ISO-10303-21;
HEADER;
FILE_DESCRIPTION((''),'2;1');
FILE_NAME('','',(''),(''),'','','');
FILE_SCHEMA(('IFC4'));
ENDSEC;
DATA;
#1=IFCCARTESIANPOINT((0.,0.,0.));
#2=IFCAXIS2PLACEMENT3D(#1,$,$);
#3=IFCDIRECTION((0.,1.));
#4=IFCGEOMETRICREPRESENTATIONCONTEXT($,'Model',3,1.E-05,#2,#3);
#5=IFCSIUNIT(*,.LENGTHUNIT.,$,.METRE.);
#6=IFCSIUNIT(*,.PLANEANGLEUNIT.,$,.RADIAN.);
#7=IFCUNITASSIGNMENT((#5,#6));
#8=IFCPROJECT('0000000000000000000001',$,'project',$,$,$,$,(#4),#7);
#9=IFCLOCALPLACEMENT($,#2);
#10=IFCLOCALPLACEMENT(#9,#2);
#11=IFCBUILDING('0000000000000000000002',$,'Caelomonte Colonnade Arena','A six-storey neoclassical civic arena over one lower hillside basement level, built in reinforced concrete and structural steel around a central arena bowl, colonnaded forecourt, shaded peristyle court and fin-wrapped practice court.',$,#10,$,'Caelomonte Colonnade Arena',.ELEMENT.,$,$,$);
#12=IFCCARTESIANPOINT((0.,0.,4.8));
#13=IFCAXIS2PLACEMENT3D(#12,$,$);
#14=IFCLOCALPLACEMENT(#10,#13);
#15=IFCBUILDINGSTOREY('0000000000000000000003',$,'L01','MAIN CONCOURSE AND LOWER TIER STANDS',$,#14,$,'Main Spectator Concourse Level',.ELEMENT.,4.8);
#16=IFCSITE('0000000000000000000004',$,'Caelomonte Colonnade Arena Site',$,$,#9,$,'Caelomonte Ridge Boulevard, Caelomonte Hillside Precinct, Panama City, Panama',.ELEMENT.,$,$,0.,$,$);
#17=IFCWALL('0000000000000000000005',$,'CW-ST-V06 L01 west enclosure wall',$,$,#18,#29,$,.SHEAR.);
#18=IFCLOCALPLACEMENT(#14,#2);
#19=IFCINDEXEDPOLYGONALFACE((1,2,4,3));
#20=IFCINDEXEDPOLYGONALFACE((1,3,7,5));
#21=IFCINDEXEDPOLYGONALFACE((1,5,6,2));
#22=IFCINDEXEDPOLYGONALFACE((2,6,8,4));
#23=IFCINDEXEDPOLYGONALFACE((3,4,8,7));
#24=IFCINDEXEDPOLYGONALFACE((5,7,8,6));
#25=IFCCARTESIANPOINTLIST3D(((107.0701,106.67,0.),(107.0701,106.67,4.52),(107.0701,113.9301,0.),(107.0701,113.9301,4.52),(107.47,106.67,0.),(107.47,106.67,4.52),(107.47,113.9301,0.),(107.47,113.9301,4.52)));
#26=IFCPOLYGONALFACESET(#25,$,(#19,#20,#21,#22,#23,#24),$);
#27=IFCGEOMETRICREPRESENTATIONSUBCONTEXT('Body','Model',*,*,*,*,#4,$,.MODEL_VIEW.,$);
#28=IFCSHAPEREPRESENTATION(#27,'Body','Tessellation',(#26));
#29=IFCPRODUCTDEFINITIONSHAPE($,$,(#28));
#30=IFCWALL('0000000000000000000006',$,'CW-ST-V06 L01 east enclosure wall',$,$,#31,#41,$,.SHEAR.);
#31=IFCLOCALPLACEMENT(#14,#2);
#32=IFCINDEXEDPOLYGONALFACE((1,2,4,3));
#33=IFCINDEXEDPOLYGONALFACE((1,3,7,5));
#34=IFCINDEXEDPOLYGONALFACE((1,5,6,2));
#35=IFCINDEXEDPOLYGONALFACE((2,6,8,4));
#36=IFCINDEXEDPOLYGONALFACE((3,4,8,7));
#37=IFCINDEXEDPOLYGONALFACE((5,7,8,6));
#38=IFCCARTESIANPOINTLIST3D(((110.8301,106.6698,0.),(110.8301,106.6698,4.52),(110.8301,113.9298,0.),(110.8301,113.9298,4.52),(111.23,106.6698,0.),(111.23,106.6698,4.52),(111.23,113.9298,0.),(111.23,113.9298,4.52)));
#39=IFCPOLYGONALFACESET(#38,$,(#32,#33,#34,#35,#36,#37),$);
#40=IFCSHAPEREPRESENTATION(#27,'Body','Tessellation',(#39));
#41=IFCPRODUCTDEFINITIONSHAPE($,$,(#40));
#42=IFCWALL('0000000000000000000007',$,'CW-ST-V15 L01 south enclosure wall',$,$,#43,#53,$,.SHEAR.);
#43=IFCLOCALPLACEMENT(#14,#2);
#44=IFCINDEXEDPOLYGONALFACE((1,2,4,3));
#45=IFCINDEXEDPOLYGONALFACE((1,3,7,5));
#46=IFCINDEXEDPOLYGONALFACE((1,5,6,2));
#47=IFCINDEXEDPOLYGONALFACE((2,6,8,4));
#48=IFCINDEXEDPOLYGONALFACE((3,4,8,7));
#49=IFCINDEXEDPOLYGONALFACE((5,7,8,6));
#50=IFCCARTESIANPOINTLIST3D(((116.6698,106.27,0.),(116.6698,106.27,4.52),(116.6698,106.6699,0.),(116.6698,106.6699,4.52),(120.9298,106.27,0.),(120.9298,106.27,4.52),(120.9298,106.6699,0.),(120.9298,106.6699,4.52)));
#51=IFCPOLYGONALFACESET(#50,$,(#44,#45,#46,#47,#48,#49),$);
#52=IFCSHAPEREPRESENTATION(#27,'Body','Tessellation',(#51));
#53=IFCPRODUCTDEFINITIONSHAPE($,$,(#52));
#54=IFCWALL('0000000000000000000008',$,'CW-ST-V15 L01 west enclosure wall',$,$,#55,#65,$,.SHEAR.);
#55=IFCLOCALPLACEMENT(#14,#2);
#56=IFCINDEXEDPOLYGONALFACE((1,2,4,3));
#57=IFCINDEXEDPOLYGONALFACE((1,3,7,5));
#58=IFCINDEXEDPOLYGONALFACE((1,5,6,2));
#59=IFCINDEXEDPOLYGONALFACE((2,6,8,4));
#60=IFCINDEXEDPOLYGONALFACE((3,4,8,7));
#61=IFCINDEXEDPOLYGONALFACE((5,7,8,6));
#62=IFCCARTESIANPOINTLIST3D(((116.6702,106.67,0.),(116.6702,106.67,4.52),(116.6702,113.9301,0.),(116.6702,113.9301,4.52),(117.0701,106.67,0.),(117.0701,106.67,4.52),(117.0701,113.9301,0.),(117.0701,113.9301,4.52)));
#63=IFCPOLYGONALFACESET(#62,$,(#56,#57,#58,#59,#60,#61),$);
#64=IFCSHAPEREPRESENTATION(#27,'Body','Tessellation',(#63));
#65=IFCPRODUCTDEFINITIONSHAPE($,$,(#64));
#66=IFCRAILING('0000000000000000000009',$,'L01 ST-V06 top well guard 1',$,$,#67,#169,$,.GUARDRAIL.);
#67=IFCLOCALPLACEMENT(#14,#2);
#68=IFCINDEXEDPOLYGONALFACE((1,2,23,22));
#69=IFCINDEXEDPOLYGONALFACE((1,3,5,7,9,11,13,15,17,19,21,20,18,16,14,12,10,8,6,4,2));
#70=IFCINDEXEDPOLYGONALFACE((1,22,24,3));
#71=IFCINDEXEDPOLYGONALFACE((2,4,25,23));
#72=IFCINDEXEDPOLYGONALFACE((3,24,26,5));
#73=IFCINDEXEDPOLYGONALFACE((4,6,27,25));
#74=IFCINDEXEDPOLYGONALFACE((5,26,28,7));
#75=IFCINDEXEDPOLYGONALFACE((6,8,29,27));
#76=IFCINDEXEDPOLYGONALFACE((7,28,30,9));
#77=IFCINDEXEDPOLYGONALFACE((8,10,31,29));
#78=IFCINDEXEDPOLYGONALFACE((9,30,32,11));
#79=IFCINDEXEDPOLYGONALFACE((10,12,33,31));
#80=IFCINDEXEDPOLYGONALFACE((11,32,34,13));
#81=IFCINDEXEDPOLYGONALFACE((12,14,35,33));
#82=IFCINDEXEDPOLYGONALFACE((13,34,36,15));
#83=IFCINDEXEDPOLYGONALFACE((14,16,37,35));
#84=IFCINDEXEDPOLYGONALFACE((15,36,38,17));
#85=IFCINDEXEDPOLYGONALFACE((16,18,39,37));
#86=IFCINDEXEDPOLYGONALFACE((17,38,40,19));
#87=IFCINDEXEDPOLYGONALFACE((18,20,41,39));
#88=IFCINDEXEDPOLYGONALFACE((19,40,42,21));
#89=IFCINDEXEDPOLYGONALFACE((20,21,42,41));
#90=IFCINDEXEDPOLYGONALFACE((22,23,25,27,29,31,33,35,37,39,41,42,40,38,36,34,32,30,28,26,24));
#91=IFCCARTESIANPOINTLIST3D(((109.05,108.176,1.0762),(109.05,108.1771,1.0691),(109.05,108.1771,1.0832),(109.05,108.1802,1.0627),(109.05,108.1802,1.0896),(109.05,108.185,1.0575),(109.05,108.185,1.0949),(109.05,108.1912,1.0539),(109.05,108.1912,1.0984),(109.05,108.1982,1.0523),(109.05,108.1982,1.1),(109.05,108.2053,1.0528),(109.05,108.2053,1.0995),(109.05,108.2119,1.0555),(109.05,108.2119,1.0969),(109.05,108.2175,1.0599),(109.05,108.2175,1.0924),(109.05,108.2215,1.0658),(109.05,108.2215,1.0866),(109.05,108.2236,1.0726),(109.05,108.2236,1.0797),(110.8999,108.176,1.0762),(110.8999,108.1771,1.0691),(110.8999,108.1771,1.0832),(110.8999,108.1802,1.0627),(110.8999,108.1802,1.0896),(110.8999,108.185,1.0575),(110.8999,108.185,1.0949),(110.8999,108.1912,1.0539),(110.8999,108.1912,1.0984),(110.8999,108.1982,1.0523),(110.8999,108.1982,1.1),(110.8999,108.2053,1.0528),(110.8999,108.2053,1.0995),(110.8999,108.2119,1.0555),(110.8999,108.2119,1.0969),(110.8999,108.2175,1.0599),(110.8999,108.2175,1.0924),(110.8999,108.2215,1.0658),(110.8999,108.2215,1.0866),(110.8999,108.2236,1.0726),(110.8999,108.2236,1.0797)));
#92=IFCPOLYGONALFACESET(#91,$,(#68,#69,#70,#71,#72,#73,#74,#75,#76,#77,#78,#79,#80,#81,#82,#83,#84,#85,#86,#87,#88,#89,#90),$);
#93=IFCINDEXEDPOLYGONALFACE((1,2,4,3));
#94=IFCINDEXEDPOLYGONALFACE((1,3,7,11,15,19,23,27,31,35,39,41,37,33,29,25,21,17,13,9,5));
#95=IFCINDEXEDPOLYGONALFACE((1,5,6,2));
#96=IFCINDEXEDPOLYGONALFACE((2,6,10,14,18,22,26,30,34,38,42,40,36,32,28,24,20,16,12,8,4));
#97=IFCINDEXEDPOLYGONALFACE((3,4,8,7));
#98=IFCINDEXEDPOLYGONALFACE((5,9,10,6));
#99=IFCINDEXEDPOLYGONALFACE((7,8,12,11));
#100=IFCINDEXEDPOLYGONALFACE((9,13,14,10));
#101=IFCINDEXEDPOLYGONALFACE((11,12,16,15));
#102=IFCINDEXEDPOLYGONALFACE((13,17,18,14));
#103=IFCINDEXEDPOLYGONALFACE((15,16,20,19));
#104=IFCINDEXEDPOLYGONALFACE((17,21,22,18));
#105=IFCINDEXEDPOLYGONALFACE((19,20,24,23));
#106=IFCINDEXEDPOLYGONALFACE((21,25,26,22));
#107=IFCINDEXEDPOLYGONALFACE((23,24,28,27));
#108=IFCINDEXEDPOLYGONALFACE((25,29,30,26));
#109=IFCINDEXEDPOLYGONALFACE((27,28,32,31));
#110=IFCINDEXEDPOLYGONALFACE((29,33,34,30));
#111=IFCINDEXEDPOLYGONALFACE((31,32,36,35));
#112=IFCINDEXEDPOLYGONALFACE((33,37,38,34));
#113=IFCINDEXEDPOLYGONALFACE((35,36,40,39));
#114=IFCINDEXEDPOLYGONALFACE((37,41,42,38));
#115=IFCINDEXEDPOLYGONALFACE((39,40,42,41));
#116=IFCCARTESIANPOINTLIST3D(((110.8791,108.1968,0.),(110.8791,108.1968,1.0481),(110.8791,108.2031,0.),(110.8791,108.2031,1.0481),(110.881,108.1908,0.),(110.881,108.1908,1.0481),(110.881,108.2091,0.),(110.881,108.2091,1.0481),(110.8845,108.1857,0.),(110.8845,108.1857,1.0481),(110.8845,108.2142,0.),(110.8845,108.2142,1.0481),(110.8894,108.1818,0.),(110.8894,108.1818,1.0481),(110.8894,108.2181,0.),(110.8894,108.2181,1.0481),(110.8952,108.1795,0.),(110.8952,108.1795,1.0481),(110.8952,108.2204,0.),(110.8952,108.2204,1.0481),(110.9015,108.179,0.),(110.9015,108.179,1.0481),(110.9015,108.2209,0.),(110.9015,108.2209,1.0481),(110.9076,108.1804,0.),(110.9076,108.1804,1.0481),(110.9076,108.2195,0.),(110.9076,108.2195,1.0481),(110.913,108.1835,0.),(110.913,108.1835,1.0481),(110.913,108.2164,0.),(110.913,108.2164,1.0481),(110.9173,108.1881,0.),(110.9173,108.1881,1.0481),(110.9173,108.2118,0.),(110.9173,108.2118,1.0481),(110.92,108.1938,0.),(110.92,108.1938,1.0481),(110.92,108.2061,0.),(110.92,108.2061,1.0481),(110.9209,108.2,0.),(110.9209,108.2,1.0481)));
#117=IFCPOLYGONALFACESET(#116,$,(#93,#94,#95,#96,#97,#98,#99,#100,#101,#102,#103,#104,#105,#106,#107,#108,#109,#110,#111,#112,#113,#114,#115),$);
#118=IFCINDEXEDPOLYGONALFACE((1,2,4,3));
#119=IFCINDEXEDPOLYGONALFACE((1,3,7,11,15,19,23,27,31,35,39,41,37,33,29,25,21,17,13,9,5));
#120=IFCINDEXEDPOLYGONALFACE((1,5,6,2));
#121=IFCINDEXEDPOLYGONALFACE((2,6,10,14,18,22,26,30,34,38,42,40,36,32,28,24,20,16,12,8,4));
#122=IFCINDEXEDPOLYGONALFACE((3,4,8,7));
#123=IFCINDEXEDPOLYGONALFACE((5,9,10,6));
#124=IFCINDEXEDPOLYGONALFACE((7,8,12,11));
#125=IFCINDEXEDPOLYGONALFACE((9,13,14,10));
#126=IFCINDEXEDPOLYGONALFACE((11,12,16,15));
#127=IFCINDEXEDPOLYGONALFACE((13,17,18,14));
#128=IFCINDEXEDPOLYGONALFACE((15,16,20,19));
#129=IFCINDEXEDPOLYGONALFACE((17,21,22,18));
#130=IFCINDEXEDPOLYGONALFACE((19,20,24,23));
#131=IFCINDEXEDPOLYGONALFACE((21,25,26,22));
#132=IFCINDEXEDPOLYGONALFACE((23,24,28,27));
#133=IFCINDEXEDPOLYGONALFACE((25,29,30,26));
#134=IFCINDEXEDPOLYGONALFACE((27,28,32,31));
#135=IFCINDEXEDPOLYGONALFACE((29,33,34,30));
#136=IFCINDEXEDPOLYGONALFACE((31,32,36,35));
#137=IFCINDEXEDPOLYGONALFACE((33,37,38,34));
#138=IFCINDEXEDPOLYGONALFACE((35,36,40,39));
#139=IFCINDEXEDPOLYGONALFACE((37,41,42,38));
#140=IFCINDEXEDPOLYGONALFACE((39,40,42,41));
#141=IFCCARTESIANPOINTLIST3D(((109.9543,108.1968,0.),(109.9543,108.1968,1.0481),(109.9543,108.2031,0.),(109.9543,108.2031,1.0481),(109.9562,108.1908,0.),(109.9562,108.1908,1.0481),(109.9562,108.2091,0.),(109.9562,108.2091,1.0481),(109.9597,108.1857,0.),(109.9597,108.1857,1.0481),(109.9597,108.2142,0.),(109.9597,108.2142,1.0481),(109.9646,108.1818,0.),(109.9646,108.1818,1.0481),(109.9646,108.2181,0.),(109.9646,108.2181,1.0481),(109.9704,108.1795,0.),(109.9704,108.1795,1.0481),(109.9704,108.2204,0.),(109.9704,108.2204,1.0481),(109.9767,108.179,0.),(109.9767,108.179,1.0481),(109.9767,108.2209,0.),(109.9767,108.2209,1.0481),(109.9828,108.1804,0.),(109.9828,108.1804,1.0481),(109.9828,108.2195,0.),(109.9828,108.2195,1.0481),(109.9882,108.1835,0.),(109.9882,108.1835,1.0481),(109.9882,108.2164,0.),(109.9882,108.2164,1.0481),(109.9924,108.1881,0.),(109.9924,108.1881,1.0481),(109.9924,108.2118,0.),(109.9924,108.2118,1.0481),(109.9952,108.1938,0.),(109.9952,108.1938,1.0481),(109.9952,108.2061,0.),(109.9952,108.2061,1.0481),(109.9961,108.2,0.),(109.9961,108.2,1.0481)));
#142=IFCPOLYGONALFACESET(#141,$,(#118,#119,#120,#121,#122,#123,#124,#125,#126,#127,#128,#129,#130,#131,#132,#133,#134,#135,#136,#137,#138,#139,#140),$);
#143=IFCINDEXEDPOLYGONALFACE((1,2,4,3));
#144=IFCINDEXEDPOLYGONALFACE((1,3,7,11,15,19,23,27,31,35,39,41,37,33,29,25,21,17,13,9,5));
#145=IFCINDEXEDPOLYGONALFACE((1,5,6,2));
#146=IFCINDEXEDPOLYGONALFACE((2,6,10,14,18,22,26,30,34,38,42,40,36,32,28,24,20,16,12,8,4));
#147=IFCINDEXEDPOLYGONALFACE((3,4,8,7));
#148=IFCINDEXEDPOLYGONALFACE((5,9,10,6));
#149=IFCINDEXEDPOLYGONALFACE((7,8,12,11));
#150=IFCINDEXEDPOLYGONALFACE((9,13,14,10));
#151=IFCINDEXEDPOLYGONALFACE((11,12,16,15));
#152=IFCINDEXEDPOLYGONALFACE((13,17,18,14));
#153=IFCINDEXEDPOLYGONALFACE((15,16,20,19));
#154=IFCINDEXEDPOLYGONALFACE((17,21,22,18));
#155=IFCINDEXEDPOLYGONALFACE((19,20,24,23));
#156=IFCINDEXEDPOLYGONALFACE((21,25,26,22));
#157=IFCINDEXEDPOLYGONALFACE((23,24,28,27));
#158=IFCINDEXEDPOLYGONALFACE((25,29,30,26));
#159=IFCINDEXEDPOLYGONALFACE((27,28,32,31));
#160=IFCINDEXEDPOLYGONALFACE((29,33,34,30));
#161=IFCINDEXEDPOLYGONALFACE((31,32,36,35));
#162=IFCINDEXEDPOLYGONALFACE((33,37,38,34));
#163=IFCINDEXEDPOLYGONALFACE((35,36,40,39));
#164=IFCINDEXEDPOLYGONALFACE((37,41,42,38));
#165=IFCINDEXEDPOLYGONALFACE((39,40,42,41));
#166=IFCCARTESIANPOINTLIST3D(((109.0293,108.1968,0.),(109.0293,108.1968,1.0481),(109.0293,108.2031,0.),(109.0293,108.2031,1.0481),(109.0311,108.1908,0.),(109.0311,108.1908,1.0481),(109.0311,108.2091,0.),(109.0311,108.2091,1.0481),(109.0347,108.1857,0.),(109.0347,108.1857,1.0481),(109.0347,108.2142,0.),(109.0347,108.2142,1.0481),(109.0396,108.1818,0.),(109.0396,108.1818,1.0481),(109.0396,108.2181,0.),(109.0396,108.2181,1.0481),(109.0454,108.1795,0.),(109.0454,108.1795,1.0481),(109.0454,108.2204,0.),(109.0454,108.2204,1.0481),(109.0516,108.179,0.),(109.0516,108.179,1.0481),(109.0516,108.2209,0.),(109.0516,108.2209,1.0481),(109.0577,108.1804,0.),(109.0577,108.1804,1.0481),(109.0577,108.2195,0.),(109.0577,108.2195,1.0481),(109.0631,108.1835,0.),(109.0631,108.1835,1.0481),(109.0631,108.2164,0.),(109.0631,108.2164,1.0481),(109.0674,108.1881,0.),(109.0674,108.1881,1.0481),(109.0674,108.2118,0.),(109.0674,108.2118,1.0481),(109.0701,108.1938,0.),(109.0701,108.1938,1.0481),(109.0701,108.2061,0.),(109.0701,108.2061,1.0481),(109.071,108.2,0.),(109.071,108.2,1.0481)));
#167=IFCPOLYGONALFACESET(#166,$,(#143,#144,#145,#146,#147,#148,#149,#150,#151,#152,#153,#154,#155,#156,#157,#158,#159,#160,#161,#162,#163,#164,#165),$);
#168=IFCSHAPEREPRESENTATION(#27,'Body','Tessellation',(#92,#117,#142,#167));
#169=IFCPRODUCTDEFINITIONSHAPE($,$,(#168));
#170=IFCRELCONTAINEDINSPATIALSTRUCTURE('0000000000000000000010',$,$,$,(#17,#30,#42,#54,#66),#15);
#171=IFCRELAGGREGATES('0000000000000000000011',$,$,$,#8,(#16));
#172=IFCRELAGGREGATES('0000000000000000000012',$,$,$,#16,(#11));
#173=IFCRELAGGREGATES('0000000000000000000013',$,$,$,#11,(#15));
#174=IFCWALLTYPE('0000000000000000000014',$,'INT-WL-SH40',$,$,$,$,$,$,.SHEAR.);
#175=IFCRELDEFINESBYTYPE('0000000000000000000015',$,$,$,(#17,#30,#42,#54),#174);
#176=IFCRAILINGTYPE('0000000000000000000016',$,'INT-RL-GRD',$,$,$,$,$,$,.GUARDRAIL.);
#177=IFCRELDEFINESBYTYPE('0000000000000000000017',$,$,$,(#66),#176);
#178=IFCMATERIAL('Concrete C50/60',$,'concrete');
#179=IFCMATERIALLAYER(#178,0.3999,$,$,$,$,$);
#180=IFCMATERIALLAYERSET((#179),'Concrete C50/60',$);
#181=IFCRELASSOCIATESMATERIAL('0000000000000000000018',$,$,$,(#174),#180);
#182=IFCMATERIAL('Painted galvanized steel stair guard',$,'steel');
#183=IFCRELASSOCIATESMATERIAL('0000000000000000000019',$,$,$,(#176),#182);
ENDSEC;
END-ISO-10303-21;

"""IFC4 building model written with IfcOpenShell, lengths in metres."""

from ifc_helpers import new_model, si_unit, direction, frame, frame_2d, origin, origin_2d, place, context, subcontext, project, spatial, rectangle, circle, extrude, material, layer, layer_set, type_object, element, save


model = new_model("IFC4")

# Units and contexts
model_context = context("Model", 3, precision=1e-05, world=origin(), true_north=direction((0.0, 1.0)))
body_context = subcontext(model_context, "Body", "Model", "MODEL_VIEW")
ifc_project = project(units=[si_unit("LENGTHUNIT", "METRE"), si_unit("PLANEANGLEUNIT", "RADIAN")], contexts=[model_context])

# Site, building, storey
site_placement = place(None, origin())
site = spatial("IfcSite", under=ifc_project, at=site_placement, Name="Caelomonte Colonnade Arena Site", LongName="Caelomonte Ridge Boulevard, Caelomonte Hillside Precinct, Panama City, Panama", CompositionType="ELEMENT", RefElevation=0.0)
building_placement = place(site_placement, origin())
building = spatial("IfcBuilding", under=site, at=building_placement, Name="Caelomonte Colonnade Arena", Description="A six-storey neoclassical civic arena over one lower hillside basement level, built in reinforced concrete and structural steel around a central arena bowl, colonnaded forecourt, shaded peristyle court and fin-wrapped practice court.", LongName="Caelomonte Colonnade Arena", CompositionType="ELEMENT")
storey_placement = place(building_placement, frame((0.0, 0.0, 4.8)))
storey = spatial("IfcBuildingStorey", under=building, at=storey_placement, Name="L01", Description="MAIN CONCOURSE AND LOWER TIER STANDS", LongName="Main Spectator Concourse Level", CompositionType="ELEMENT", Elevation=4.8)

# Shared definitions
ifc_material_1 = material(Name="Concrete C50/60", Category="concrete")

# Shared definitions
ifc_layer_1 = layer(ifc_material_1, 0.3999)
ifc_layer_set_1 = layer_set([ifc_layer_1], Name="Concrete C50/60")
wall_type = type_object("IfcWallType", Name="INT-WL-SH40", PredefinedType="SHEAR", material=ifc_layer_set_1)

# Walls
for number, where, z_axis, x_axis, name in (
    (1, (107.27, 113.9299, 0.0), (0.0, 0.0, 1.0), (0.0, -1.0, 0.0), "CW-ST-V06 L01 west enclosure wall"),
    (2, (111.03, 106.6699, 0.0), (0.0, 0.0, 1.0), (0.0, 1.0, 0.0), "CW-ST-V06 L01 east enclosure wall"),
):
    element("IfcWall", number, at=place(storey_placement, frame(where, z_axis=z_axis, x_axis=x_axis)), inside=storey, type_object=wall_type, Name=name, PredefinedType="SHEAR", context=body_context, shape_type="SweptSolid", body=[
        extrude(rectangle(XDim=7.26, YDim=0.3999, at=frame_2d((3.6299, 0.0))), origin(), (0.0, 0.0, 1.0), 4.52),
    ])
wall_1_placement = place(storey_placement, frame((116.6699, 106.47, 0.0), z_axis=(0.0, 0.0, 1.0), x_axis=(1.0, 0.0, 0.0)))
element("IfcWall", 3, at=wall_1_placement, inside=storey, type_object=wall_type, Name="CW-ST-V15 L01 south enclosure wall", PredefinedType="SHEAR", context=body_context, shape_type="SweptSolid", body=[
    extrude(rectangle(XDim=4.26, YDim=0.3999, at=frame_2d((2.1299, 0.0))), origin(), (0.0, 0.0, 1.0), 4.52),
])
wall_2_placement = place(storey_placement, frame((116.8701, 113.9299, 0.0), z_axis=(0.0, 0.0, 1.0), x_axis=(0.0, -1.0, 0.0)))
element("IfcWall", 4, at=wall_2_placement, inside=storey, type_object=wall_type, Name="CW-ST-V15 L01 west enclosure wall", PredefinedType="SHEAR", context=body_context, shape_type="SweptSolid", body=[
    extrude(rectangle(XDim=7.26, YDim=0.3999, at=frame_2d((3.6299, 0.0))), origin(), (0.0, 0.0, 1.0), 4.52),
])

# Railing
ifc_material_2 = material(Name="Painted galvanized steel stair guard", Category="steel")
railing_type_1 = type_object("IfcRailingType", Name="INT-RL-GRD", PredefinedType="GUARDRAIL", material=ifc_material_2)
railing_1_placement = place(storey_placement, frame((110.8999, 108.2, 0.0)))
element("IfcRailing", 5, at=railing_1_placement, inside=storey, type_object=railing_type_1, Name="L01 ST-V06 top well guard 1", PredefinedType="GUARDRAIL", context=body_context, shape_type="SweptSolid", body=[
    extrude(circle(Radius=0.0239, at=origin_2d()), frame((0.0, 0.0, 1.0762), z_axis=(-1.0, 0.0, 0.0), x_axis=(0.0, -1.0, 0.0)), (0.0, 0.0, 1.0), 1.8499),
    extrude(circle(Radius=0.021, at=origin_2d()), origin(), (0.0, 0.0, 1.0), 1.0481),
    extrude(circle(Radius=0.021, at=origin_2d()), frame((-0.9248, 0.0, 0.0)), (0.0, 0.0, 1.0), 1.0481),
    extrude(circle(Radius=0.021, at=origin_2d()), frame((-1.8499, 0.0, 0.0)), (0.0, 0.0, 1.0), 1.0481),
])

save(model, "model.ifc")
